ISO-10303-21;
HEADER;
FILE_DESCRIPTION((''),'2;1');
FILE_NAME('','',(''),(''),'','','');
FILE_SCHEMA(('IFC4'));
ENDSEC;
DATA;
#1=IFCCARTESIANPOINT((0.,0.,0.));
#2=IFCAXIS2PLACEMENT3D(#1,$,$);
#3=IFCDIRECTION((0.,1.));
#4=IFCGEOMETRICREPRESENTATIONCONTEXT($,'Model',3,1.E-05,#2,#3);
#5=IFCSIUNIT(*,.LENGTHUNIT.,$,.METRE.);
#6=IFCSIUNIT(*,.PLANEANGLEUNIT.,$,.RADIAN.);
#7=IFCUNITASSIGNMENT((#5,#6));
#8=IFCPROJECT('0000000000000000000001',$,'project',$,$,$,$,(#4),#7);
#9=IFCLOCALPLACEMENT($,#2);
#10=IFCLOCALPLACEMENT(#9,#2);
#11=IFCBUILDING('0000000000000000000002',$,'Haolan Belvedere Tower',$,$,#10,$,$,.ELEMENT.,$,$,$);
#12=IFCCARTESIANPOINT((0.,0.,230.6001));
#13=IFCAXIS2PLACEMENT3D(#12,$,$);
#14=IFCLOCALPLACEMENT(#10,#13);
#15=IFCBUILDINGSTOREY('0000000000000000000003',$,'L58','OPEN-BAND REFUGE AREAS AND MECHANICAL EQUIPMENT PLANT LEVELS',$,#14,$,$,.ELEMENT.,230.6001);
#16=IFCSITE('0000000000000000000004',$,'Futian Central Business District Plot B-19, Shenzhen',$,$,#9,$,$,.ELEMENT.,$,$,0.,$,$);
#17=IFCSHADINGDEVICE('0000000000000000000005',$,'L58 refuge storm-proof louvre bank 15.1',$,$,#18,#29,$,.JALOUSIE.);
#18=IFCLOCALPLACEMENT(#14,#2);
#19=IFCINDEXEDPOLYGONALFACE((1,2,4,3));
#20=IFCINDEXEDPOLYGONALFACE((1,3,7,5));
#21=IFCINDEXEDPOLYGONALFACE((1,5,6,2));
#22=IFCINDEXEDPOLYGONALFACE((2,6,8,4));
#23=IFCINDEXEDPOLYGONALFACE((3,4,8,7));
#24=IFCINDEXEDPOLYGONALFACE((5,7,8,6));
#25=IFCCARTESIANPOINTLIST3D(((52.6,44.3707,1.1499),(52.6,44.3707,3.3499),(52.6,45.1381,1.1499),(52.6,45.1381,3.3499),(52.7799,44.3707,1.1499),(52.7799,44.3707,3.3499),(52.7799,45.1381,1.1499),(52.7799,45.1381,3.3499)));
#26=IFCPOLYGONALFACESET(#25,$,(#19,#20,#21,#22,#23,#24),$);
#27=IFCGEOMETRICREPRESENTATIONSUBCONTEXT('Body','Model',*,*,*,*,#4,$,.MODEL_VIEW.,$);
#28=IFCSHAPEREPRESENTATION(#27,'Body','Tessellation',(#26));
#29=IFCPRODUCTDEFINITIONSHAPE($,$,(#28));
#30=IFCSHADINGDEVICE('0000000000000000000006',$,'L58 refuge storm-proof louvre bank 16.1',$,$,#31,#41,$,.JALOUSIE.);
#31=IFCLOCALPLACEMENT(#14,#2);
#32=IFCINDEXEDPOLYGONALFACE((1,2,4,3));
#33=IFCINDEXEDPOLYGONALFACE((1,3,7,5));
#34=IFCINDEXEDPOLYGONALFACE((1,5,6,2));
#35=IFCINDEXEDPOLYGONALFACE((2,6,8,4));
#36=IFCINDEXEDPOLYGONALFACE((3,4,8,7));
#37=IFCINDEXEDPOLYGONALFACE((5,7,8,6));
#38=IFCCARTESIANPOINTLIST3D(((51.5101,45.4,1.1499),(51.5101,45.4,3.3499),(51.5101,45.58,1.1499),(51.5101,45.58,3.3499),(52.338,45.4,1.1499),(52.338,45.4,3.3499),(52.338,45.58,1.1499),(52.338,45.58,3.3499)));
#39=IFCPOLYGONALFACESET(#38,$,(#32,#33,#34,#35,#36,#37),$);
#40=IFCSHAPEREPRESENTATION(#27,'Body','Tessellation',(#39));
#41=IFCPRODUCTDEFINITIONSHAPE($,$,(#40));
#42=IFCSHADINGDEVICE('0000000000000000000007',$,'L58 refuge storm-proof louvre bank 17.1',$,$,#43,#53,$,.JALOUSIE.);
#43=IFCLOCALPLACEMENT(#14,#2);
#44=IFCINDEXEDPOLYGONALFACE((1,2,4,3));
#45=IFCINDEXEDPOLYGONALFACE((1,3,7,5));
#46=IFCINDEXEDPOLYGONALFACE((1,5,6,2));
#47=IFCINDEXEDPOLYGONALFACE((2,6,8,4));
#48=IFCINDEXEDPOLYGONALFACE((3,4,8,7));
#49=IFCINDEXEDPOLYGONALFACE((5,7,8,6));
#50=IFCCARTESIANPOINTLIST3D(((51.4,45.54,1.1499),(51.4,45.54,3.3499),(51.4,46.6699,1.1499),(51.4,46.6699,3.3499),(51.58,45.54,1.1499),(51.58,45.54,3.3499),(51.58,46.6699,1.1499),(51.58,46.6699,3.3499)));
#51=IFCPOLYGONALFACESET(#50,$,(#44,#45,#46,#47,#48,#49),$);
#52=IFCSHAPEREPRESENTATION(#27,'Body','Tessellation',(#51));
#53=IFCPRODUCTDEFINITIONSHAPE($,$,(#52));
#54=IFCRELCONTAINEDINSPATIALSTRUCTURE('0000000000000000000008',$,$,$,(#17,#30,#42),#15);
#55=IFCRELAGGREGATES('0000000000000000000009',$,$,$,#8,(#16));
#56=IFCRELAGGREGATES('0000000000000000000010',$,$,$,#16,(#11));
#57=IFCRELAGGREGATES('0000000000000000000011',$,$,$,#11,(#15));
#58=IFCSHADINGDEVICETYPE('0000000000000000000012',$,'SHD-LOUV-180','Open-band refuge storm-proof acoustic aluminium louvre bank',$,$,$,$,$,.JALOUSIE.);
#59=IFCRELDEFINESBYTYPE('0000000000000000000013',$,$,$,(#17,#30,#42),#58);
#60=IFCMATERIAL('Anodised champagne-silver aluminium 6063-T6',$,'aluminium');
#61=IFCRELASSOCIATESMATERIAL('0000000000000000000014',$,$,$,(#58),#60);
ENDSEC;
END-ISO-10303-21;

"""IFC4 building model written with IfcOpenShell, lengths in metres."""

from ifc_helpers import new_model, si_unit, direction, frame, origin, origin_2d, place, context, subcontext, project, spatial, rectangle, extrude, material, type_object, element, save


model = new_model("IFC4")

# Units and contexts
model_context = context("Model", 3, precision=1e-05, world=origin(), true_north=direction((0.0, 1.0)))
body_context = subcontext(model_context, "Body", "Model", "MODEL_VIEW")
ifc_project = project(units=[si_unit("LENGTHUNIT", "METRE"), si_unit("PLANEANGLEUNIT", "RADIAN")], contexts=[model_context])

# Site, building, storey
site_placement = place(None, origin())
site = spatial("IfcSite", under=ifc_project, at=site_placement, Name="Futian Central Business District Plot B-19, Shenzhen", CompositionType="ELEMENT", RefElevation=0.0)
building_placement = place(site_placement, origin())
building = spatial("IfcBuilding", under=site, at=building_placement, Name="Haolan Belvedere Tower", CompositionType="ELEMENT")
storey_placement = place(building_placement, frame((0.0, 0.0, 230.6001)))
storey = spatial("IfcBuildingStorey", under=building, at=storey_placement, Name="L58", Description="OPEN-BAND REFUGE AREAS AND MECHANICAL EQUIPMENT PLANT LEVELS", CompositionType="ELEMENT", Elevation=230.6001)

# Shading devices
ifc_material_1 = material(Name="Anodised champagne-silver aluminium 6063-T6", Category="aluminium")
shading_device_type = type_object("IfcShadingDeviceType", Name="SHD-LOUV-180", Description="Open-band refuge storm-proof acoustic aluminium louvre bank", PredefinedType="JALOUSIE", material=ifc_material_1)
shading_device_1_placement = place(storey_placement, frame((52.6899, 44.7544, 1.1499), z_axis=(0.0, 0.0, 1.0), x_axis=(0.0, 1.0, 0.0)))
element("IfcShadingDevice", 1, at=shading_device_1_placement, inside=storey, type_object=shading_device_type, Name="L58 refuge storm-proof louvre bank 15.1", PredefinedType="JALOUSIE", context=body_context, shape_type="SweptSolid", body=[
    extrude(rectangle(XDim=0.7673, YDim=0.1799, at=origin_2d()), origin(), (0.0, 0.0, 1.0), 2.2),
])
shading_device_2_placement = place(storey_placement, frame((51.9241, 45.49, 1.1499), z_axis=(0.0, 0.0, 1.0), x_axis=(-1.0, 0.0, 0.0)))
element("IfcShadingDevice", 2, at=shading_device_2_placement, inside=storey, type_object=shading_device_type, Name="L58 refuge storm-proof louvre bank 16.1", PredefinedType="JALOUSIE", context=body_context, shape_type="SweptSolid", body=[
    extrude(rectangle(XDim=0.8279, YDim=0.1799, at=origin_2d()), origin(), (0.0, 0.0, 1.0), 2.2),
])
shading_device_3_placement = place(storey_placement, frame((51.49, 46.105, 1.1499), z_axis=(0.0, 0.0, 1.0), x_axis=(0.0, 1.0, 0.0)))
element("IfcShadingDevice", 3, at=shading_device_3_placement, inside=storey, type_object=shading_device_type, Name="L58 refuge storm-proof louvre bank 17.1", PredefinedType="JALOUSIE", context=body_context, shape_type="SweptSolid", body=[
    extrude(rectangle(XDim=1.1299, YDim=0.1799, at=origin_2d()), origin(), (0.0, 0.0, 1.0), 2.2),
])

save(model, "model.ifc")
